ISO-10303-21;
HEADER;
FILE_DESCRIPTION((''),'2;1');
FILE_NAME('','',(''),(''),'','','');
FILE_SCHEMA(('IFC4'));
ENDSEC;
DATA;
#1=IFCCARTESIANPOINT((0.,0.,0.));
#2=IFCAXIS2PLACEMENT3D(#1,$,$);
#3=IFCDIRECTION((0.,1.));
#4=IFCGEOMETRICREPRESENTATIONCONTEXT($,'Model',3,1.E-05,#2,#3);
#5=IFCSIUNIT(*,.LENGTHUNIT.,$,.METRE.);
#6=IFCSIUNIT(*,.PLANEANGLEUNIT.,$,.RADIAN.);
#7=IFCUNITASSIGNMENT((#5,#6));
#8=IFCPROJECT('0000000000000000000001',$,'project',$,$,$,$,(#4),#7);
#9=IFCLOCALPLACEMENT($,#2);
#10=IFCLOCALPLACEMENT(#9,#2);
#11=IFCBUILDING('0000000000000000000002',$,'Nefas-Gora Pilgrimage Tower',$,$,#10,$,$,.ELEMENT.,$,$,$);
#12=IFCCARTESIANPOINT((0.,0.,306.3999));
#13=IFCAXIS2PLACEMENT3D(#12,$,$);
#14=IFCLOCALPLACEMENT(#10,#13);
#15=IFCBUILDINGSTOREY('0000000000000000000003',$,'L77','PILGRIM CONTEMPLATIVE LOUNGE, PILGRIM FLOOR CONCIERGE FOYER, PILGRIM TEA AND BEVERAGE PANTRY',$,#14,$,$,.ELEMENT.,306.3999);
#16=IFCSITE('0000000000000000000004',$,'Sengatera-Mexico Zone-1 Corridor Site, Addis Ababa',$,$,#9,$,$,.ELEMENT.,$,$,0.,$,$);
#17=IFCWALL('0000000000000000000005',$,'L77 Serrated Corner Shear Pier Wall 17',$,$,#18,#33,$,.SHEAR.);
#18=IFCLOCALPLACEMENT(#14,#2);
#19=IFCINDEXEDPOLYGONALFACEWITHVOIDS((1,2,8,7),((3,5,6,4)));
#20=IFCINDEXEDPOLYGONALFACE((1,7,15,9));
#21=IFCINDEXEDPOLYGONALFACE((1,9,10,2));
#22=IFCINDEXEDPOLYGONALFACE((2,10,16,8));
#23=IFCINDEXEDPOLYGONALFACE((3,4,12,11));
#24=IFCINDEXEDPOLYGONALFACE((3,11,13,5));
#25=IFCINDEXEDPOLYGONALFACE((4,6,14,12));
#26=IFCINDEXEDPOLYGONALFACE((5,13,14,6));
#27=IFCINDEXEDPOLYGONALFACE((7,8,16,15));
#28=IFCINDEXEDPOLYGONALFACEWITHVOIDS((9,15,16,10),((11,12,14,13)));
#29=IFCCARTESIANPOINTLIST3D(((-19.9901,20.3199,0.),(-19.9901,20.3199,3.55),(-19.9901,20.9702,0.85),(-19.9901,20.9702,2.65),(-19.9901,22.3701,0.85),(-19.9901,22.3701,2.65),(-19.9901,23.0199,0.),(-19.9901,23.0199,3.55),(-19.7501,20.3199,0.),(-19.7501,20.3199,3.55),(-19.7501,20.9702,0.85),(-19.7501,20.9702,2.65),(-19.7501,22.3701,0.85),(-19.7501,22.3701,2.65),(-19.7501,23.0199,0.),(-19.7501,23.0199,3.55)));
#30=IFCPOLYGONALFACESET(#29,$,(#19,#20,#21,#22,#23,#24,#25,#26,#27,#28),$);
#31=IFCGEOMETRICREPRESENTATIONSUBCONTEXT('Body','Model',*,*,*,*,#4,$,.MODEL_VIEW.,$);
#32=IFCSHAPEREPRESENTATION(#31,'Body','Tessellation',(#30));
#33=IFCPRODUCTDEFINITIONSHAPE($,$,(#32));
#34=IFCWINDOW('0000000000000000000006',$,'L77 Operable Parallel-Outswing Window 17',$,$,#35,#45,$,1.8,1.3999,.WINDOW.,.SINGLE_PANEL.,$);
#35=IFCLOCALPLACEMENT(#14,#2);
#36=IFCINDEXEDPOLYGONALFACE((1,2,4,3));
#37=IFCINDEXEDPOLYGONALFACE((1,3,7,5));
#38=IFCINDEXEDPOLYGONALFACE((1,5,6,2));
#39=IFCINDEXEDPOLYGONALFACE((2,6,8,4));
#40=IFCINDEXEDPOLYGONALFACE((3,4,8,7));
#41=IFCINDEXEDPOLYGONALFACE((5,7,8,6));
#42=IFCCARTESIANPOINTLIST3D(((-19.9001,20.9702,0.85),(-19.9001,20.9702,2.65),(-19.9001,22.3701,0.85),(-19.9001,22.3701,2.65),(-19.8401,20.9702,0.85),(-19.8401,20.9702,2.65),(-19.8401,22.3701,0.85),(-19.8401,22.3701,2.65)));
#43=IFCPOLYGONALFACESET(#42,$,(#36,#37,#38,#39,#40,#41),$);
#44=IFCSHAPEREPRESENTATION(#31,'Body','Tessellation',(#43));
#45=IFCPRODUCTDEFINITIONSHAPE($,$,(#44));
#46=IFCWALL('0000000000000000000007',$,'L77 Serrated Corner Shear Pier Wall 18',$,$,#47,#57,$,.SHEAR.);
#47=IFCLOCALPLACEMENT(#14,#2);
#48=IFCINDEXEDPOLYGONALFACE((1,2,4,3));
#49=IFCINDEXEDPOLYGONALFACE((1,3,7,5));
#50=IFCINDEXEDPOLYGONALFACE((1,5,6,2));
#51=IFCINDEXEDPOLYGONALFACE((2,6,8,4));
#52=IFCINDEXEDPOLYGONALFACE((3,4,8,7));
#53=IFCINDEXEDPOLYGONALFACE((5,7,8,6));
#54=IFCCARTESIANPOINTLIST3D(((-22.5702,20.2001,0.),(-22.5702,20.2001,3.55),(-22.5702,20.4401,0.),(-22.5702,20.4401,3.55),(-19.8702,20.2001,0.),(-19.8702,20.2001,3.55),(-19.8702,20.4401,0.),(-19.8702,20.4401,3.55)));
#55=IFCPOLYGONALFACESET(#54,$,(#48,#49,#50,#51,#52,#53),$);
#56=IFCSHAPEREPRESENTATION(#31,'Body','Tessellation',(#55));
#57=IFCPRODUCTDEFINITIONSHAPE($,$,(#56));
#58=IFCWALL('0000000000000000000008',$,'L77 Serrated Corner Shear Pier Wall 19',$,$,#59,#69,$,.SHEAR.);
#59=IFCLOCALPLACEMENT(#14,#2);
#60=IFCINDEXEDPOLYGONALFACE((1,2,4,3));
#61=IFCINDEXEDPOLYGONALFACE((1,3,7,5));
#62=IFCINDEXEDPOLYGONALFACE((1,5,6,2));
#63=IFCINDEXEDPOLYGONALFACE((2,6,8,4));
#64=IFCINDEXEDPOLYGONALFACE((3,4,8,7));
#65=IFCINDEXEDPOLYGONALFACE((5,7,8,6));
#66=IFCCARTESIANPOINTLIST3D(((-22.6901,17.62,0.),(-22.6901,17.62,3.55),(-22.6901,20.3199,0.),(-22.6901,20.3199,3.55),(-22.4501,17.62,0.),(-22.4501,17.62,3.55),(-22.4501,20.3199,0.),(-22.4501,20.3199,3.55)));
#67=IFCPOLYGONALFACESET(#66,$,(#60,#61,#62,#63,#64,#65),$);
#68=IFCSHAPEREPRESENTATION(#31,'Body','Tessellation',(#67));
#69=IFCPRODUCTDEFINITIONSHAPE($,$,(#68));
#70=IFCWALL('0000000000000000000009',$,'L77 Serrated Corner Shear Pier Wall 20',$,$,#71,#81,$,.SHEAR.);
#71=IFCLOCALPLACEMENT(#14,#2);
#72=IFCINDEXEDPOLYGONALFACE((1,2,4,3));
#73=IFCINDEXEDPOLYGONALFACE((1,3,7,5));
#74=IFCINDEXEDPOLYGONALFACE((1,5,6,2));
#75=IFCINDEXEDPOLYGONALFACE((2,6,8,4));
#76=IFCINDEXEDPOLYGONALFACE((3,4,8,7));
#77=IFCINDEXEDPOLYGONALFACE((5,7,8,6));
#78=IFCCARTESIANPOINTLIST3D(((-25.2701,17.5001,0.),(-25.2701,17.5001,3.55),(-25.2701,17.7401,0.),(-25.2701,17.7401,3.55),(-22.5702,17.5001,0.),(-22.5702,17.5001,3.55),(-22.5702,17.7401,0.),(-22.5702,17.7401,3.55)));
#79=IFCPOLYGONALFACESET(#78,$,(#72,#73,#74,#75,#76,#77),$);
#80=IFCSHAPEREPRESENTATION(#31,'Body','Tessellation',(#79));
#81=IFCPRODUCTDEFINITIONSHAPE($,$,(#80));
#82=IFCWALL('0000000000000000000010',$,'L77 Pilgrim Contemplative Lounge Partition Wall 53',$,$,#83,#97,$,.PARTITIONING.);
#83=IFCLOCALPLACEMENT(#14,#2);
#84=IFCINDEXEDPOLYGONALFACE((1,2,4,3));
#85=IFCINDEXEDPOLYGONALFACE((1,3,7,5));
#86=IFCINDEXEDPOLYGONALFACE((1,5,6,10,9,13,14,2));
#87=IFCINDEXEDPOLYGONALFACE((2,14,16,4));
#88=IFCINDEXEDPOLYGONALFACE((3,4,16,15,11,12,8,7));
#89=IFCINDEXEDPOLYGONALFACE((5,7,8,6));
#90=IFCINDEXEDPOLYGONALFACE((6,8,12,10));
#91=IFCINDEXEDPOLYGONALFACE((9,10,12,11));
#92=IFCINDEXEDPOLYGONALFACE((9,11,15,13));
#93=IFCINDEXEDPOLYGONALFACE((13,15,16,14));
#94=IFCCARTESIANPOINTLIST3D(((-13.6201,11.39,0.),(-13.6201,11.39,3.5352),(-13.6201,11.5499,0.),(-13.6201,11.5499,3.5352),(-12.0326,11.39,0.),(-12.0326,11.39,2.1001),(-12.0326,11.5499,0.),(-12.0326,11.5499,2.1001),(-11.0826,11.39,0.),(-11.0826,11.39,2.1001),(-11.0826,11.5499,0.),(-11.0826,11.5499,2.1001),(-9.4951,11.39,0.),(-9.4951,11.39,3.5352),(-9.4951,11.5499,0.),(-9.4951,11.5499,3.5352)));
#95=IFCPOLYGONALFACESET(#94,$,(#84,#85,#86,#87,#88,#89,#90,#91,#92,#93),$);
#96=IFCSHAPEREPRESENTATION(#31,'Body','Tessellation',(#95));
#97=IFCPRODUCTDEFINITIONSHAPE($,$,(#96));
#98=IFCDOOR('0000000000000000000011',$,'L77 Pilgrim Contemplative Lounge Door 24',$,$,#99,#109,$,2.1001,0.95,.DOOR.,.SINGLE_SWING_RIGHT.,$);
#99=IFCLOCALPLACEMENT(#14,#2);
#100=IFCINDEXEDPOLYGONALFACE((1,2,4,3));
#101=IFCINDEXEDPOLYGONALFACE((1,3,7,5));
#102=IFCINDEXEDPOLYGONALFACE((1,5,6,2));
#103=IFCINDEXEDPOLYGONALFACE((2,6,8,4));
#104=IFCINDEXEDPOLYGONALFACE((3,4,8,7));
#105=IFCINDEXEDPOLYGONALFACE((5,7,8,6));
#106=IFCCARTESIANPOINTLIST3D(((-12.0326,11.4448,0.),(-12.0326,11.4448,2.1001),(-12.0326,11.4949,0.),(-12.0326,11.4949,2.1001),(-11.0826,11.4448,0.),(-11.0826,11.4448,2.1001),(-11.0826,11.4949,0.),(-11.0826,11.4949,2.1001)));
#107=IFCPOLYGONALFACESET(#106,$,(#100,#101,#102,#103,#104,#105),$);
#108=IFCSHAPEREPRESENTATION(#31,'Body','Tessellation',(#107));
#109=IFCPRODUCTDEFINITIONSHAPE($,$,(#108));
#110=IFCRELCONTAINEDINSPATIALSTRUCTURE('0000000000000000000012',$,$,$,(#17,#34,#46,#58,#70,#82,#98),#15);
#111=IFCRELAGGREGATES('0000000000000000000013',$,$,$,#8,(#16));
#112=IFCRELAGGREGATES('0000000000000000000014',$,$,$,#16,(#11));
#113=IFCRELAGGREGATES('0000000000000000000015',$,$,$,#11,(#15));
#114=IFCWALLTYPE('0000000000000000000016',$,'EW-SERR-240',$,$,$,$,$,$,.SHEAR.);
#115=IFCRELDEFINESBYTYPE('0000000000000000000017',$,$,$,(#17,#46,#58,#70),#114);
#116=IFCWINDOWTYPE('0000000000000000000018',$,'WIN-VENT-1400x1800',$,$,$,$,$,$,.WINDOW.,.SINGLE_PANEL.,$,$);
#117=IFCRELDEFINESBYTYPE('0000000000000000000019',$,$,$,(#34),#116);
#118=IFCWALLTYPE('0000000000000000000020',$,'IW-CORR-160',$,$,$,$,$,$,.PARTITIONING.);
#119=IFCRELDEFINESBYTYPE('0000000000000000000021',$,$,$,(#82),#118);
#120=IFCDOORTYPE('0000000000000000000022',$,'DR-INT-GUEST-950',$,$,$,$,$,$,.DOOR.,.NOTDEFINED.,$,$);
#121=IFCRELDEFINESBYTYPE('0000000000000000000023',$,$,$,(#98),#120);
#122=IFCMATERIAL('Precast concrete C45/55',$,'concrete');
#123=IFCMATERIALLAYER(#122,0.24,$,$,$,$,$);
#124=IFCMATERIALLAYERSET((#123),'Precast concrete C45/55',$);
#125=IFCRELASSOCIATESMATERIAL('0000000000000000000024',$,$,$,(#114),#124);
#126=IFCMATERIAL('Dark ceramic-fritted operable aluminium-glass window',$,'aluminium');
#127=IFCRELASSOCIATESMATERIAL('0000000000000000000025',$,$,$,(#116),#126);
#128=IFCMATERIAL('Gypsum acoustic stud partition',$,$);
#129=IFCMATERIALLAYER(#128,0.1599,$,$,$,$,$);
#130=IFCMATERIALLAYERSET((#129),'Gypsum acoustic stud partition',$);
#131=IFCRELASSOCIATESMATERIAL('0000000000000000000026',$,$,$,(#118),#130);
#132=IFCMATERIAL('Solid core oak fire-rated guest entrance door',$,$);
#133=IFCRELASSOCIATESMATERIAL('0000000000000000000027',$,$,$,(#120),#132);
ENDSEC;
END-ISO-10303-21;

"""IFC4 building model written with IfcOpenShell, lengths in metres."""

from ifc_helpers import new_model, si_unit, direction, frame, frame_2d, origin, place, context, subcontext, project, spatial, rectangle, extrude, source, transform, mapped, material, layer, layer_set, type_object, element, fill, save


model = new_model("IFC4")

# Units and contexts
model_context = context("Model", 3, precision=1e-05, world=origin(), true_north=direction((0.0, 1.0)))
body_context = subcontext(model_context, "Body", "Model", "MODEL_VIEW")
ifc_project = project(units=[si_unit("LENGTHUNIT", "METRE"), si_unit("PLANEANGLEUNIT", "RADIAN")], contexts=[model_context])

# Site, building, storey
site_placement = place(None, origin())
site = spatial("IfcSite", under=ifc_project, at=site_placement, Name="Sengatera-Mexico Zone-1 Corridor Site, Addis Ababa", CompositionType="ELEMENT", RefElevation=0.0)
building_placement = place(site_placement, origin())
building = spatial("IfcBuilding", under=site, at=building_placement, Name="Nefas-Gora Pilgrimage Tower", CompositionType="ELEMENT")
storey_placement = place(building_placement, frame((0.0, 0.0, 306.3999)))
storey = spatial("IfcBuildingStorey", under=building, at=storey_placement, Name="L77", Description="PILGRIM CONTEMPLATIVE LOUNGE, PILGRIM FLOOR CONCIERGE FOYER, PILGRIM TEA AND BEVERAGE PANTRY", CompositionType="ELEMENT", Elevation=306.3999)

# Wall, opening, window
ifc_material_1 = material(Name="Precast concrete C45/55", Category="concrete")
ifc_layer_1 = layer(ifc_material_1, 0.24)
ifc_layer_set_1 = layer_set([ifc_layer_1], Name="Precast concrete C45/55")
wall_type_1 = type_object("IfcWallType", Name="EW-SERR-240", PredefinedType="SHEAR", material=ifc_layer_set_1)
shared_shape_1 = source(origin(), body_context, "Body", "SweptSolid", [
    extrude(rectangle(XDim=2.7, YDim=0.24, at=frame_2d((1.3501, 0.0))), origin(), (0.0, 0.0, 1.0), 3.55),
])
wall_1_placement = place(storey_placement, frame((-19.8701, 23.02, 0.0), z_axis=(0.0, 0.0, 1.0), x_axis=(0.0, -1.0, 0.0)))
wall_1 = element("IfcWall", 1, at=wall_1_placement, inside=storey, type_object=wall_type_1, Name="L77 Serrated Corner Shear Pier Wall 17", PredefinedType="SHEAR", context=body_context, shape_type="MappedRepresentation", body=[
    mapped(shared_shape_1, transform((0.0, 0.0, 0.0), x_axis=(1.0, 0.0, 0.0), y_axis=(0.0, 1.0, 0.0), z_axis=(0.0, 0.0, 1.0), scale=1.0)),
])
opening_1_placement = place(wall_1_placement, frame((0.6499, 0.0, 0.8501)))
opening_1 = element("IfcOpeningElement", 2, at=opening_1_placement, cuts=wall_1, PredefinedType="OPENING", context=body_context, shape_type="SweptSolid", body=[
    extrude(rectangle(XDim=1.3999, YDim=1.8, at=frame_2d((0.7, 0.8999))), frame((0.0, 0.1299, 0.0), z_axis=(0.0, -1.0, 0.0), x_axis=(1.0, 0.0, 0.0)), (0.0, 0.0, 1.0), 0.26),
])
ifc_material_2 = material(Name="Dark ceramic-fritted operable aluminium-glass window", Category="aluminium")
window_type = type_object("IfcWindowType", Name="WIN-VENT-1400x1800", PartitioningType="SINGLE_PANEL", PredefinedType="WINDOW", material=ifc_material_2)
shared_shape_2 = source(origin(), body_context, "Body", "SweptSolid", [
    extrude(rectangle(XDim=1.3999, YDim=1.8, at=frame_2d((0.7, 0.8999))), frame((0.0, 0.03, 0.0), z_axis=(0.0, -1.0, 0.0), x_axis=(1.0, 0.0, 0.0)), (0.0, 0.0, 1.0), 0.0601),
])
window_placement = place(opening_1_placement, origin())
window = element("IfcWindow", 3, at=window_placement, inside=storey, type_object=window_type, Name="L77 Operable Parallel-Outswing Window 17", OverallHeight=1.8, OverallWidth=1.3999, PartitioningType="SINGLE_PANEL", PredefinedType="WINDOW", context=body_context, shape_type="MappedRepresentation", body=[
    mapped(shared_shape_2, transform((0.0, 0.0, 0.0), x_axis=(1.0, 0.0, 0.0), y_axis=(0.0, 1.0, 0.0), z_axis=(0.0, 0.0, 1.0), scale=1.0)),
])
fill(opening_1, window)

# Walls
for number, where, z_axis, x_axis, name in (
    (4, (-19.8701, 20.3201, 0.0), (0.0, 0.0, 1.0), (-1.0, 0.0, 0.0), "L77 Serrated Corner Shear Pier Wall 18"),
    (5, (-22.5701, 20.3201, 0.0), (0.0, 0.0, 1.0), (0.0, -1.0, 0.0), "L77 Serrated Corner Shear Pier Wall 19"),
    (6, (-22.5701, 17.6201, 0.0), (0.0, 0.0, 1.0), (-1.0, 0.0, 0.0), "L77 Serrated Corner Shear Pier Wall 20"),
):
    element("IfcWall", number, at=place(storey_placement, frame(where, z_axis=z_axis, x_axis=x_axis)), inside=storey, type_object=wall_type_1, Name=name, PredefinedType="SHEAR", context=body_context, shape_type="MappedRepresentation", body=[
        mapped(shared_shape_1, transform((0.0, 0.0, 0.0), x_axis=(1.0, 0.0, 0.0), y_axis=(0.0, 1.0, 0.0), z_axis=(0.0, 0.0, 1.0), scale=1.0)),
    ])

# Wall, opening, door
ifc_material_3 = material(Name="Gypsum acoustic stud partition")
ifc_layer_2 = layer(ifc_material_3, 0.1599)
ifc_layer_set_2 = layer_set([ifc_layer_2], Name="Gypsum acoustic stud partition")
wall_type_2 = type_object("IfcWallType", Name="IW-CORR-160", PredefinedType="PARTITIONING", material=ifc_layer_set_2)
shared_shape_3 = source(origin(), body_context, "Body", "SweptSolid", [
    extrude(rectangle(XDim=4.125, YDim=0.1599, at=frame_2d((2.0625, 0.0))), origin(), (0.0, 0.0, 1.0), 3.5352),
])
wall_2_placement = place(storey_placement, frame((-13.6201, 11.47, 0.0), z_axis=(0.0, 0.0, 1.0), x_axis=(1.0, 0.0, 0.0)))
wall_2 = element("IfcWall", 7, at=wall_2_placement, inside=storey, type_object=wall_type_2, Name="L77 Pilgrim Contemplative Lounge Partition Wall 53", PredefinedType="PARTITIONING", context=body_context, shape_type="MappedRepresentation", body=[
    mapped(shared_shape_3, transform((0.0, 0.0, 0.0), x_axis=(1.0, 0.0, 0.0), y_axis=(0.0, 1.0, 0.0), z_axis=(0.0, 0.0, 1.0), scale=1.0)),
])
opening_2_placement = place(wall_2_placement, frame((1.5874, 0.0, 0.0)))
opening_2 = element("IfcOpeningElement", 8, at=opening_2_placement, cuts=wall_2, PredefinedType="OPENING", context=body_context, shape_type="SweptSolid", body=[
    extrude(rectangle(XDim=0.95, YDim=2.1001, at=frame_2d((0.4751, 1.05))), frame((0.0, 0.0898, 0.0), z_axis=(0.0, -1.0, 0.0), x_axis=(1.0, 0.0, 0.0)), (0.0, 0.0, 1.0), 0.1799),
])
ifc_material_4 = material(Name="Solid core oak fire-rated guest entrance door")
door_type = type_object("IfcDoorType", Name="DR-INT-GUEST-950", OperationType="NOTDEFINED", PredefinedType="DOOR", material=ifc_material_4)
shared_shape_4 = source(origin(), body_context, "Body", "SweptSolid", [
    extrude(rectangle(XDim=0.95, YDim=2.1001, at=frame_2d((0.4751, 1.05))), frame((0.0, 0.0249, 0.0), z_axis=(0.0, -1.0, 0.0), x_axis=(1.0, 0.0, 0.0)), (0.0, 0.0, 1.0), 0.05),
])
door_placement = place(opening_2_placement, origin())
door = element("IfcDoor", 9, at=door_placement, inside=storey, type_object=door_type, Name="L77 Pilgrim Contemplative Lounge Door 24", OperationType="SINGLE_SWING_RIGHT", OverallHeight=2.1001, OverallWidth=0.95, PredefinedType="DOOR", context=body_context, shape_type="MappedRepresentation", body=[
    mapped(shared_shape_4, transform((0.0, 0.0, 0.0), x_axis=(1.0, 0.0, 0.0), y_axis=(0.0, 1.0, 0.0), z_axis=(0.0, 0.0, 1.0), scale=1.0)),
])
fill(opening_2, door)

save(model, "model.ifc")
